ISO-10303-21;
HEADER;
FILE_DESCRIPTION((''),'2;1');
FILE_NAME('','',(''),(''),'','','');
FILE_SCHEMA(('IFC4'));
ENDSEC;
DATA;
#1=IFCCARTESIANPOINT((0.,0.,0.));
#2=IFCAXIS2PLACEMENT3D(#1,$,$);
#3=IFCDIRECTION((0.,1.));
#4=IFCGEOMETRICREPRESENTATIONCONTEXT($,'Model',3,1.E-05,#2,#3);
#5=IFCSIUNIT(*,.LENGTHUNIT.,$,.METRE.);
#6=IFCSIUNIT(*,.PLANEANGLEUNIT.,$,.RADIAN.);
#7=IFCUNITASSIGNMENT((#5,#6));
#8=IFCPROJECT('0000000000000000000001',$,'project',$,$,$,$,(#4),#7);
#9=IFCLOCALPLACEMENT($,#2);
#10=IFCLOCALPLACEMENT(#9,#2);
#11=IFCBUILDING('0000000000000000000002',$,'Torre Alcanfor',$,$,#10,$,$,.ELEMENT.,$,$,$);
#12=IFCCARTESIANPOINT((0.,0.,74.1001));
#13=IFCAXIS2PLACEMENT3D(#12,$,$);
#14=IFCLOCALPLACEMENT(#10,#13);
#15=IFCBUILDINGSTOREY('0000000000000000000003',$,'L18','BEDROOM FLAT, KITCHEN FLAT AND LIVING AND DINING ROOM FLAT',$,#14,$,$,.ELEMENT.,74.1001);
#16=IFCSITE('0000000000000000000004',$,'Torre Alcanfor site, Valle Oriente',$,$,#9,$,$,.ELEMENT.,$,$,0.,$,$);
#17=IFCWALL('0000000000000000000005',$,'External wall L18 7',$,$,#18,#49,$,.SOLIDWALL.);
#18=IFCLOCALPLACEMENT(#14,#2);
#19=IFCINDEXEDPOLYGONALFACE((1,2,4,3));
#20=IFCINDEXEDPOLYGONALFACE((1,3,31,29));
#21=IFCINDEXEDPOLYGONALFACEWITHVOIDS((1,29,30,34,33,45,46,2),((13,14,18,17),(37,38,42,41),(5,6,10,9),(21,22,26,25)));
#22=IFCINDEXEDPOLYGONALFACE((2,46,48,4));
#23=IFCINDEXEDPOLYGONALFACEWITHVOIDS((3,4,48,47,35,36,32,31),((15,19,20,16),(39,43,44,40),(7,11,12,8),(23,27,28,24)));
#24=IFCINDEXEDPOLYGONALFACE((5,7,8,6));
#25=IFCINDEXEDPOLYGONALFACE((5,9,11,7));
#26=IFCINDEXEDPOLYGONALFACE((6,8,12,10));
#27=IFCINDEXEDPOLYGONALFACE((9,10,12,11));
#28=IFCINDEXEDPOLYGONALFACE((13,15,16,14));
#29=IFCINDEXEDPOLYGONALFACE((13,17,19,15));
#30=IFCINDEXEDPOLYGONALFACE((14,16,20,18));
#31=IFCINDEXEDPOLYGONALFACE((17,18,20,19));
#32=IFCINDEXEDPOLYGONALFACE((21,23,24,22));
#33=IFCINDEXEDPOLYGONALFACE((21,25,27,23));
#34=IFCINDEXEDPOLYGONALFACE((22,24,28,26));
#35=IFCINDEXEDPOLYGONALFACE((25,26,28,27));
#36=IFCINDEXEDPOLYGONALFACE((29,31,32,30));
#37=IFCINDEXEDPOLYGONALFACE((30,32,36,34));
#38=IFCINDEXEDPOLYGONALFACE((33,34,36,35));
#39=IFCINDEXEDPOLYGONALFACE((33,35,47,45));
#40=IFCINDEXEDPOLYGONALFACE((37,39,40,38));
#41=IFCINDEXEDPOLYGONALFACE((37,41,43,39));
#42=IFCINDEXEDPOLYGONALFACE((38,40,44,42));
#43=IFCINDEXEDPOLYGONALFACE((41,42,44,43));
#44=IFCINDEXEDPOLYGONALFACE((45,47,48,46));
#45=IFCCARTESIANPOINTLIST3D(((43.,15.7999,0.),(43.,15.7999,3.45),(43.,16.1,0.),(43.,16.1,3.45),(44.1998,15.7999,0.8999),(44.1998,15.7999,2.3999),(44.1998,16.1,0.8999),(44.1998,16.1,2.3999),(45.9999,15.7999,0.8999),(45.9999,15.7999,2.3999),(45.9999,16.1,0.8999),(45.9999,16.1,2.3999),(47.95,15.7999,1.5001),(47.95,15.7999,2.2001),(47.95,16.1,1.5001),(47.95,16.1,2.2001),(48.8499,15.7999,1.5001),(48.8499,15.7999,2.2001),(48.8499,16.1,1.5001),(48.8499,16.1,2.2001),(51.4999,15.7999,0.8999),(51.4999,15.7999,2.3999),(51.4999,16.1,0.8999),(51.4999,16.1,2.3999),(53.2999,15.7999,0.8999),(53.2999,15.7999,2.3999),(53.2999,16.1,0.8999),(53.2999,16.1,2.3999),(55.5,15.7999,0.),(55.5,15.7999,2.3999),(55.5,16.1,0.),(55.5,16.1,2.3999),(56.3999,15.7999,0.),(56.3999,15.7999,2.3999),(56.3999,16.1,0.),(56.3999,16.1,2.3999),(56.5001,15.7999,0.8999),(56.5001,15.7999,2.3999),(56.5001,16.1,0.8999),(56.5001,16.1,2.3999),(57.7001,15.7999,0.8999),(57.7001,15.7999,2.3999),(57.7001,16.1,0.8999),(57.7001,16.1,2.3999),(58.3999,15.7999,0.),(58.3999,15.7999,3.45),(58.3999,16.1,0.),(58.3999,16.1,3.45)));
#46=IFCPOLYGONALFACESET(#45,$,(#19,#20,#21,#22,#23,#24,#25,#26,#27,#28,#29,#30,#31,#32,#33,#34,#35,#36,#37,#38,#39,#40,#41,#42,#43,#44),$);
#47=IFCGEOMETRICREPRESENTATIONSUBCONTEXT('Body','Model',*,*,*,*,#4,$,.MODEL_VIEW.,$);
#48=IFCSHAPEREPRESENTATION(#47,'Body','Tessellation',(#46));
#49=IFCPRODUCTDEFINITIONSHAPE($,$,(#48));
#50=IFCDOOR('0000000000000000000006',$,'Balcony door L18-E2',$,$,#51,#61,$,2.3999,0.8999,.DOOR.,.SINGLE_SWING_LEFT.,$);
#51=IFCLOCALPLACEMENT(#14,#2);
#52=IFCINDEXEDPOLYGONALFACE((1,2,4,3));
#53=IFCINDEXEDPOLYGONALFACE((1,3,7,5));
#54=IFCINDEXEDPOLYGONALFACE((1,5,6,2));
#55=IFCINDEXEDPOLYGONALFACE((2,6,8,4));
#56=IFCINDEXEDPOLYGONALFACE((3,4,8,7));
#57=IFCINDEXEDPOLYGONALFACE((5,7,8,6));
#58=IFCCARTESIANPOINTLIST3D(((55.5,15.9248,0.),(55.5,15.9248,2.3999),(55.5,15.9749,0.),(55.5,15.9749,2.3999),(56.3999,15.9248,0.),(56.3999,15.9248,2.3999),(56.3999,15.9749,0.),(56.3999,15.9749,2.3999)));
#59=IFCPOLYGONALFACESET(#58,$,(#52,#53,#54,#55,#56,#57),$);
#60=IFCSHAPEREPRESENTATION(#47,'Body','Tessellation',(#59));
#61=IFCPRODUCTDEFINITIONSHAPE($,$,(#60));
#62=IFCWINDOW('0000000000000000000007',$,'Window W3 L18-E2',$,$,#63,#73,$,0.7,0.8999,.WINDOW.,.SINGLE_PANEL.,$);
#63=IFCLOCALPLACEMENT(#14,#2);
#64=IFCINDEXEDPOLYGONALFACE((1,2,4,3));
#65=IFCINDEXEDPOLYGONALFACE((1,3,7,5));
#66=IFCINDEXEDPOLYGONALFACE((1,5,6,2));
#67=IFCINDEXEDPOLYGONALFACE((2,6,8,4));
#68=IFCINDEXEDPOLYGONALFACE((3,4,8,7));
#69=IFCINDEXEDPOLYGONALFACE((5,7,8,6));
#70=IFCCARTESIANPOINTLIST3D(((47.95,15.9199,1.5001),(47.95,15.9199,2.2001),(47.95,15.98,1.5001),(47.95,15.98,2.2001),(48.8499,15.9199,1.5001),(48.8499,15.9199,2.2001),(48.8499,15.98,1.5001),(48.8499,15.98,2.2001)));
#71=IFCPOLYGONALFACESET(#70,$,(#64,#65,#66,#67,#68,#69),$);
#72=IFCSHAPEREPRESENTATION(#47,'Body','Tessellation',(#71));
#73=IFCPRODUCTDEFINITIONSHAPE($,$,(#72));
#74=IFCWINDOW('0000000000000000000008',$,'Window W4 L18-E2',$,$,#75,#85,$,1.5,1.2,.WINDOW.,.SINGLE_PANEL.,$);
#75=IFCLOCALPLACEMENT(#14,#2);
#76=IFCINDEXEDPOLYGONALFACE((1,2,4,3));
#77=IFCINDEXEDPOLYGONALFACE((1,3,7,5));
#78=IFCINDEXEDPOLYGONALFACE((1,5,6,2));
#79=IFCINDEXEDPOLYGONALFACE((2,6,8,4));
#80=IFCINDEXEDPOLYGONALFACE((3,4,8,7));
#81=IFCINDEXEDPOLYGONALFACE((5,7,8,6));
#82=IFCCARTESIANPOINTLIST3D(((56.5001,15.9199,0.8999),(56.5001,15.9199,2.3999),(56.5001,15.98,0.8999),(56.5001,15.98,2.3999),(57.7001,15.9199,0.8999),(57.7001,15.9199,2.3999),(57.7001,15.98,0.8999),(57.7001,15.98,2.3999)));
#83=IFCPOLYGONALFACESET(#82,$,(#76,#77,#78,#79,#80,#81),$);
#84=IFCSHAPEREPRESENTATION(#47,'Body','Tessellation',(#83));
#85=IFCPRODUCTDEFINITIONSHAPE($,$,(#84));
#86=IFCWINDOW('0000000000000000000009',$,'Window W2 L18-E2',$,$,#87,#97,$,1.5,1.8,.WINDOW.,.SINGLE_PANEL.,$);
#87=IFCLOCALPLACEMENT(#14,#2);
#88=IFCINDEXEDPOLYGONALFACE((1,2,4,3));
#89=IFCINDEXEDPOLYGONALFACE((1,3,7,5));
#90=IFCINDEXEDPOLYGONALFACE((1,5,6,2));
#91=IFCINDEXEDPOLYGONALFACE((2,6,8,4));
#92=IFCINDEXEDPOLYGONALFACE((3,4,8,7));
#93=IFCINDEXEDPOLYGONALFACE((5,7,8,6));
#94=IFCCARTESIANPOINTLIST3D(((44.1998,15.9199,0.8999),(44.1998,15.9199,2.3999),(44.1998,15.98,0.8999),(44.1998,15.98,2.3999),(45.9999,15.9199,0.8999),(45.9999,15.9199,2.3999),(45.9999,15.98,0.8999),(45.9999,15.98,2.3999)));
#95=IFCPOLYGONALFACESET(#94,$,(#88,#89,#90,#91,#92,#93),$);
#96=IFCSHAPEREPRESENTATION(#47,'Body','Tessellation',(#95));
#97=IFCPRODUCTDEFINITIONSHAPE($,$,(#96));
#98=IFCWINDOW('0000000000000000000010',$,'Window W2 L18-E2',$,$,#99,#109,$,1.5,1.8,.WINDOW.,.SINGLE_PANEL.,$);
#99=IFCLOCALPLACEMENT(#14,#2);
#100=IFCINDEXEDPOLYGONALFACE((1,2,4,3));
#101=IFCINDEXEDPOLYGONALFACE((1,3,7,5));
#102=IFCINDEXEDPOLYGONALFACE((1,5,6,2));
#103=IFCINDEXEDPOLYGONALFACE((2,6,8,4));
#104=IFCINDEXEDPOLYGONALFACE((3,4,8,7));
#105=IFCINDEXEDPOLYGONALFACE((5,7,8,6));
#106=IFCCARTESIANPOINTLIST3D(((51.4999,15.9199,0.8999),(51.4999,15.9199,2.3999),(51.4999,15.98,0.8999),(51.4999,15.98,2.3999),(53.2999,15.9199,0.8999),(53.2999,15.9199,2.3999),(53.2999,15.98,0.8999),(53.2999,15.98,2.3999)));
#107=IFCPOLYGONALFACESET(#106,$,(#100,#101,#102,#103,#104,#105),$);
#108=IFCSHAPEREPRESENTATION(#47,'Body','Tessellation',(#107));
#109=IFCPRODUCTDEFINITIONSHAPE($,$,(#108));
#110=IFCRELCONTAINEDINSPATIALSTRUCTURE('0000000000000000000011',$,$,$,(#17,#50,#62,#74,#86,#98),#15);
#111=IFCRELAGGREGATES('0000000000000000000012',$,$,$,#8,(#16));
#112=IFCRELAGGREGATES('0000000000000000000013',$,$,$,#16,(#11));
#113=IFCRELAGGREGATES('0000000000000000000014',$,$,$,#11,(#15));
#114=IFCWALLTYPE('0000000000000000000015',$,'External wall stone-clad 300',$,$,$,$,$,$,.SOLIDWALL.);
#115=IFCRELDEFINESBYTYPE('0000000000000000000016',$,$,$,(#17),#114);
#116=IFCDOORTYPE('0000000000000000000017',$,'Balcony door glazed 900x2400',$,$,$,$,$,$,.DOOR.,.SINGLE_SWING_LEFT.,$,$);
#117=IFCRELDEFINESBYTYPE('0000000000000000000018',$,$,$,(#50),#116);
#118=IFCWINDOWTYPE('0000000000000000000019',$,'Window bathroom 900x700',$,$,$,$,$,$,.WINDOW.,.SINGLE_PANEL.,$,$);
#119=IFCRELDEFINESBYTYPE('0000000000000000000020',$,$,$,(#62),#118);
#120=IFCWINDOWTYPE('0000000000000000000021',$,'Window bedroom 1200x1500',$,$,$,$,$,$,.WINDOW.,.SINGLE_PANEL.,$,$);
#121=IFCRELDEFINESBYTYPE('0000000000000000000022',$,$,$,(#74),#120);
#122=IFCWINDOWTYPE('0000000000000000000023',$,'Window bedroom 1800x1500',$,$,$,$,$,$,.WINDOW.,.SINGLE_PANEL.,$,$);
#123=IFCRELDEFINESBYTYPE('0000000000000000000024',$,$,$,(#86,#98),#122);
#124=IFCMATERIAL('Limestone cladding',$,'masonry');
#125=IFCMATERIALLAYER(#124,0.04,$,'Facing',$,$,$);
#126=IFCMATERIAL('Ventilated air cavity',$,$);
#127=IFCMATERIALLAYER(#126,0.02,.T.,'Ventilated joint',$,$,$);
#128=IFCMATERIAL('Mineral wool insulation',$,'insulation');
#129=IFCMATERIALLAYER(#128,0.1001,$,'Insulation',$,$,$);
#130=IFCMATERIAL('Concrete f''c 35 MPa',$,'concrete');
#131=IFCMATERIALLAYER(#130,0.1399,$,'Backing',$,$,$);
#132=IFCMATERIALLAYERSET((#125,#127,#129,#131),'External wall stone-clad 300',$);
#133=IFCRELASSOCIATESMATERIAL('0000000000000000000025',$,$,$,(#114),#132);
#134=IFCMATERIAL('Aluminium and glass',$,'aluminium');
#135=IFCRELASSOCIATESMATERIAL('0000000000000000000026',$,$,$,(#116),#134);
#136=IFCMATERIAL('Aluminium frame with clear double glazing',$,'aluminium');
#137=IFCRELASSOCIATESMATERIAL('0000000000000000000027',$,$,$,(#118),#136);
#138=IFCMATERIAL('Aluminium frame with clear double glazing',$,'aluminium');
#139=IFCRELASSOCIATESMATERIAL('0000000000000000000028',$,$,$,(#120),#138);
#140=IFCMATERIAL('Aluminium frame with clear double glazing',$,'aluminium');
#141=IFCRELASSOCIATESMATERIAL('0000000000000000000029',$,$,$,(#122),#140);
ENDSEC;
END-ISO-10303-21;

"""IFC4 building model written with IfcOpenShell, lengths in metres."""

from ifc_helpers import new_model, si_unit, direction, frame, frame_2d, origin, place, context, subcontext, project, spatial, rectangle, extrude, material, layer, layer_set, type_object, element, fill, save


model = new_model("IFC4")

# Units and contexts
model_context = context("Model", 3, precision=1e-05, world=origin(), true_north=direction((0.0, 1.0)))
body_context = subcontext(model_context, "Body", "Model", "MODEL_VIEW")
ifc_project = project(units=[si_unit("LENGTHUNIT", "METRE"), si_unit("PLANEANGLEUNIT", "RADIAN")], contexts=[model_context])

# Site, building, storey
site_placement = place(None, origin())
site = spatial("IfcSite", under=ifc_project, at=site_placement, Name="Torre Alcanfor site, Valle Oriente", CompositionType="ELEMENT", RefElevation=0.0)
building_placement = place(site_placement, origin())
building = spatial("IfcBuilding", under=site, at=building_placement, Name="Torre Alcanfor", CompositionType="ELEMENT")
storey_placement = place(building_placement, frame((0.0, 0.0, 74.1001)))
storey = spatial("IfcBuildingStorey", under=building, at=storey_placement, Name="L18", Description="BEDROOM FLAT, KITCHEN FLAT AND LIVING AND DINING ROOM FLAT", CompositionType="ELEMENT", Elevation=74.1001)

# Wall, openings, door, windows
ifc_material_1 = material(Name="Limestone cladding", Category="masonry")
ifc_layer_1 = layer(ifc_material_1, 0.04, Name="Facing")
ifc_material_2 = material(Name="Ventilated air cavity")
ifc_layer_2 = layer(ifc_material_2, 0.02, ventilated=True, Name="Ventilated joint")
ifc_material_3 = material(Name="Mineral wool insulation", Category="insulation")
ifc_layer_3 = layer(ifc_material_3, 0.1001, Name="Insulation")
ifc_material_4 = material(Name="Concrete f'c 35 MPa", Category="concrete")
ifc_layer_4 = layer(ifc_material_4, 0.1399, Name="Backing")
ifc_layer_set_1 = layer_set([ifc_layer_1, ifc_layer_2, ifc_layer_3, ifc_layer_4], Name="External wall stone-clad 300")
wall_type_1 = type_object("IfcWallType", Name="External wall stone-clad 300", PredefinedType="SOLIDWALL", material=ifc_layer_set_1)
ifc_material_5 = material(Name="Aluminium and glass", Category="aluminium")
door_type = type_object("IfcDoorType", Name="Balcony door glazed 900x2400", OperationType="SINGLE_SWING_LEFT", PredefinedType="DOOR", material=ifc_material_5)
ifc_material_6 = material(Name="Aluminium frame with clear double glazing", Category="aluminium")
window_type_1 = type_object("IfcWindowType", Name="Window bathroom 900x700", PartitioningType="SINGLE_PANEL", PredefinedType="WINDOW", material=ifc_material_6)
ifc_material_7 = material(Name="Aluminium frame with clear double glazing", Category="aluminium")
window_type_2 = type_object("IfcWindowType", Name="Window bedroom 1200x1500", PartitioningType="SINGLE_PANEL", PredefinedType="WINDOW", material=ifc_material_7)
ifc_material_8 = material(Name="Aluminium frame with clear double glazing", Category="aluminium")
window_type_3 = type_object("IfcWindowType", Name="Window bedroom 1800x1500", PartitioningType="SINGLE_PANEL", PredefinedType="WINDOW", material=ifc_material_8)
wall_1_placement = place(storey_placement, frame((43.0, 15.95, 0.0), z_axis=(0.0, 0.0, 1.0), x_axis=(1.0, 0.0, 0.0)))
wall_1 = element("IfcWall", 1, at=wall_1_placement, inside=storey, type_object=wall_type_1, Name="External wall L18 7", PredefinedType="SOLIDWALL", context=body_context, shape_type="SweptSolid", body=[
    extrude(rectangle(XDim=15.3999, YDim=0.3, at=frame_2d((7.7, 0.0))), origin(), (0.0, 0.0, 1.0), 3.45),
])
opening_1_placement = place(wall_1_placement, frame((1.2, 0.0, 0.8999)))
opening_1 = element("IfcOpeningElement", 2, at=opening_1_placement, cuts=wall_1, PredefinedType="OPENING", context=body_context, shape_type="SweptSolid", body=[
    extrude(rectangle(XDim=1.8, YDim=1.5, at=frame_2d((0.8999, 0.75))), frame((0.0, 0.1599, 0.0), z_axis=(0.0, -1.0, 0.0), x_axis=(1.0, 0.0, 0.0)), (0.0, 0.0, 1.0), 0.3201),
])
opening_2_placement = place(wall_1_placement, frame((4.95, 0.0, 1.5)))
opening_2 = element("IfcOpeningElement", 3, at=opening_2_placement, cuts=wall_1, PredefinedType="OPENING", context=body_context, shape_type="SweptSolid", body=[
    extrude(rectangle(XDim=0.8999, YDim=0.7, at=frame_2d((0.45, 0.3501))), frame((0.0, 0.1599, 0.0), z_axis=(0.0, -1.0, 0.0), x_axis=(1.0, 0.0, 0.0)), (0.0, 0.0, 1.0), 0.3201),
])
opening_3_placement = place(wall_1_placement, frame((8.5, 0.0, 0.8999)))
opening_3 = element("IfcOpeningElement", 4, at=opening_3_placement, cuts=wall_1, PredefinedType="OPENING", context=body_context, shape_type="SweptSolid", body=[
    extrude(rectangle(XDim=1.8, YDim=1.5, at=frame_2d((0.8999, 0.75))), frame((0.0, 0.1599, 0.0), z_axis=(0.0, -1.0, 0.0), x_axis=(1.0, 0.0, 0.0)), (0.0, 0.0, 1.0), 0.3201),
])
opening_4_placement = place(wall_1_placement, frame((12.5, 0.0, 0.0)))
opening_4 = element("IfcOpeningElement", 5, at=opening_4_placement, cuts=wall_1, PredefinedType="OPENING", context=body_context, shape_type="SweptSolid", body=[
    extrude(rectangle(XDim=0.8999, YDim=2.3999, at=frame_2d((0.45, 1.2))), frame((0.0, 0.1599, 0.0), z_axis=(0.0, -1.0, 0.0), x_axis=(1.0, 0.0, 0.0)), (0.0, 0.0, 1.0), 0.3201),
])
opening_5_placement = place(wall_1_placement, frame((13.5, 0.0, 0.8999)))
opening_5 = element("IfcOpeningElement", 6, at=opening_5_placement, cuts=wall_1, PredefinedType="OPENING", context=body_context, shape_type="SweptSolid", body=[
    extrude(rectangle(XDim=1.2, YDim=1.5, at=frame_2d((0.6001, 0.75))), frame((0.0, 0.1599, 0.0), z_axis=(0.0, -1.0, 0.0), x_axis=(1.0, 0.0, 0.0)), (0.0, 0.0, 1.0), 0.3201),
])
door_1_placement = place(opening_4_placement, origin())
door_1 = element("IfcDoor", 7, at=door_1_placement, inside=storey, type_object=door_type, Name="Balcony door L18-E2", OperationType="SINGLE_SWING_LEFT", OverallHeight=2.3999, OverallWidth=0.8999, PredefinedType="DOOR", context=body_context, shape_type="SweptSolid", body=[
    extrude(rectangle(XDim=0.8999, YDim=2.3999, at=frame_2d((0.45, 1.2))), frame((0.0, 0.0249, 0.0), z_axis=(0.0, -1.0, 0.0), x_axis=(1.0, 0.0, 0.0)), (0.0, 0.0, 1.0), 0.05),
])
fill(opening_4, door_1)
window_1_placement = place(opening_2_placement, origin())
window_1 = element("IfcWindow", 8, at=window_1_placement, inside=storey, type_object=window_type_1, Name="Window W3 L18-E2", OverallHeight=0.7, OverallWidth=0.8999, PartitioningType="SINGLE_PANEL", PredefinedType="WINDOW", context=body_context, shape_type="SweptSolid", body=[
    extrude(rectangle(XDim=0.8999, YDim=0.7, at=frame_2d((0.45, 0.3501))), frame((0.0, 0.03, 0.0), z_axis=(0.0, -1.0, 0.0), x_axis=(1.0, 0.0, 0.0)), (0.0, 0.0, 1.0), 0.0601),
])
fill(opening_2, window_1)
window_2_placement = place(opening_5_placement, origin())
window_2 = element("IfcWindow", 9, at=window_2_placement, inside=storey, type_object=window_type_2, Name="Window W4 L18-E2", OverallHeight=1.5, OverallWidth=1.2, PartitioningType="SINGLE_PANEL", PredefinedType="WINDOW", context=body_context, shape_type="SweptSolid", body=[
    extrude(rectangle(XDim=1.2, YDim=1.5, at=frame_2d((0.6001, 0.75))), frame((0.0, 0.03, 0.0), z_axis=(0.0, -1.0, 0.0), x_axis=(1.0, 0.0, 0.0)), (0.0, 0.0, 1.0), 0.0601),
])
fill(opening_5, window_2)
window_3_placement = place(opening_1_placement, origin())
window_3 = element("IfcWindow", 10, at=window_3_placement, inside=storey, type_object=window_type_3, Name="Window W2 L18-E2", OverallHeight=1.5, OverallWidth=1.8, PartitioningType="SINGLE_PANEL", PredefinedType="WINDOW", context=body_context, shape_type="SweptSolid", body=[
    extrude(rectangle(XDim=1.8, YDim=1.5, at=frame_2d((0.8999, 0.75))), frame((0.0, 0.03, 0.0), z_axis=(0.0, -1.0, 0.0), x_axis=(1.0, 0.0, 0.0)), (0.0, 0.0, 1.0), 0.0601),
])
fill(opening_1, window_3)
window_4_placement = place(opening_3_placement, origin())
window_4 = element("IfcWindow", 11, at=window_4_placement, inside=storey, type_object=window_type_3, Name="Window W2 L18-E2", OverallHeight=1.5, OverallWidth=1.8, PartitioningType="SINGLE_PANEL", PredefinedType="WINDOW", context=body_context, shape_type="SweptSolid", body=[
    extrude(rectangle(XDim=1.8, YDim=1.5, at=frame_2d((0.8999, 0.75))), frame((0.0, 0.03, 0.0), z_axis=(0.0, -1.0, 0.0), x_axis=(1.0, 0.0, 0.0)), (0.0, 0.0, 1.0), 0.0601),
])
fill(opening_3, window_4)

save(model, "model.ifc")
